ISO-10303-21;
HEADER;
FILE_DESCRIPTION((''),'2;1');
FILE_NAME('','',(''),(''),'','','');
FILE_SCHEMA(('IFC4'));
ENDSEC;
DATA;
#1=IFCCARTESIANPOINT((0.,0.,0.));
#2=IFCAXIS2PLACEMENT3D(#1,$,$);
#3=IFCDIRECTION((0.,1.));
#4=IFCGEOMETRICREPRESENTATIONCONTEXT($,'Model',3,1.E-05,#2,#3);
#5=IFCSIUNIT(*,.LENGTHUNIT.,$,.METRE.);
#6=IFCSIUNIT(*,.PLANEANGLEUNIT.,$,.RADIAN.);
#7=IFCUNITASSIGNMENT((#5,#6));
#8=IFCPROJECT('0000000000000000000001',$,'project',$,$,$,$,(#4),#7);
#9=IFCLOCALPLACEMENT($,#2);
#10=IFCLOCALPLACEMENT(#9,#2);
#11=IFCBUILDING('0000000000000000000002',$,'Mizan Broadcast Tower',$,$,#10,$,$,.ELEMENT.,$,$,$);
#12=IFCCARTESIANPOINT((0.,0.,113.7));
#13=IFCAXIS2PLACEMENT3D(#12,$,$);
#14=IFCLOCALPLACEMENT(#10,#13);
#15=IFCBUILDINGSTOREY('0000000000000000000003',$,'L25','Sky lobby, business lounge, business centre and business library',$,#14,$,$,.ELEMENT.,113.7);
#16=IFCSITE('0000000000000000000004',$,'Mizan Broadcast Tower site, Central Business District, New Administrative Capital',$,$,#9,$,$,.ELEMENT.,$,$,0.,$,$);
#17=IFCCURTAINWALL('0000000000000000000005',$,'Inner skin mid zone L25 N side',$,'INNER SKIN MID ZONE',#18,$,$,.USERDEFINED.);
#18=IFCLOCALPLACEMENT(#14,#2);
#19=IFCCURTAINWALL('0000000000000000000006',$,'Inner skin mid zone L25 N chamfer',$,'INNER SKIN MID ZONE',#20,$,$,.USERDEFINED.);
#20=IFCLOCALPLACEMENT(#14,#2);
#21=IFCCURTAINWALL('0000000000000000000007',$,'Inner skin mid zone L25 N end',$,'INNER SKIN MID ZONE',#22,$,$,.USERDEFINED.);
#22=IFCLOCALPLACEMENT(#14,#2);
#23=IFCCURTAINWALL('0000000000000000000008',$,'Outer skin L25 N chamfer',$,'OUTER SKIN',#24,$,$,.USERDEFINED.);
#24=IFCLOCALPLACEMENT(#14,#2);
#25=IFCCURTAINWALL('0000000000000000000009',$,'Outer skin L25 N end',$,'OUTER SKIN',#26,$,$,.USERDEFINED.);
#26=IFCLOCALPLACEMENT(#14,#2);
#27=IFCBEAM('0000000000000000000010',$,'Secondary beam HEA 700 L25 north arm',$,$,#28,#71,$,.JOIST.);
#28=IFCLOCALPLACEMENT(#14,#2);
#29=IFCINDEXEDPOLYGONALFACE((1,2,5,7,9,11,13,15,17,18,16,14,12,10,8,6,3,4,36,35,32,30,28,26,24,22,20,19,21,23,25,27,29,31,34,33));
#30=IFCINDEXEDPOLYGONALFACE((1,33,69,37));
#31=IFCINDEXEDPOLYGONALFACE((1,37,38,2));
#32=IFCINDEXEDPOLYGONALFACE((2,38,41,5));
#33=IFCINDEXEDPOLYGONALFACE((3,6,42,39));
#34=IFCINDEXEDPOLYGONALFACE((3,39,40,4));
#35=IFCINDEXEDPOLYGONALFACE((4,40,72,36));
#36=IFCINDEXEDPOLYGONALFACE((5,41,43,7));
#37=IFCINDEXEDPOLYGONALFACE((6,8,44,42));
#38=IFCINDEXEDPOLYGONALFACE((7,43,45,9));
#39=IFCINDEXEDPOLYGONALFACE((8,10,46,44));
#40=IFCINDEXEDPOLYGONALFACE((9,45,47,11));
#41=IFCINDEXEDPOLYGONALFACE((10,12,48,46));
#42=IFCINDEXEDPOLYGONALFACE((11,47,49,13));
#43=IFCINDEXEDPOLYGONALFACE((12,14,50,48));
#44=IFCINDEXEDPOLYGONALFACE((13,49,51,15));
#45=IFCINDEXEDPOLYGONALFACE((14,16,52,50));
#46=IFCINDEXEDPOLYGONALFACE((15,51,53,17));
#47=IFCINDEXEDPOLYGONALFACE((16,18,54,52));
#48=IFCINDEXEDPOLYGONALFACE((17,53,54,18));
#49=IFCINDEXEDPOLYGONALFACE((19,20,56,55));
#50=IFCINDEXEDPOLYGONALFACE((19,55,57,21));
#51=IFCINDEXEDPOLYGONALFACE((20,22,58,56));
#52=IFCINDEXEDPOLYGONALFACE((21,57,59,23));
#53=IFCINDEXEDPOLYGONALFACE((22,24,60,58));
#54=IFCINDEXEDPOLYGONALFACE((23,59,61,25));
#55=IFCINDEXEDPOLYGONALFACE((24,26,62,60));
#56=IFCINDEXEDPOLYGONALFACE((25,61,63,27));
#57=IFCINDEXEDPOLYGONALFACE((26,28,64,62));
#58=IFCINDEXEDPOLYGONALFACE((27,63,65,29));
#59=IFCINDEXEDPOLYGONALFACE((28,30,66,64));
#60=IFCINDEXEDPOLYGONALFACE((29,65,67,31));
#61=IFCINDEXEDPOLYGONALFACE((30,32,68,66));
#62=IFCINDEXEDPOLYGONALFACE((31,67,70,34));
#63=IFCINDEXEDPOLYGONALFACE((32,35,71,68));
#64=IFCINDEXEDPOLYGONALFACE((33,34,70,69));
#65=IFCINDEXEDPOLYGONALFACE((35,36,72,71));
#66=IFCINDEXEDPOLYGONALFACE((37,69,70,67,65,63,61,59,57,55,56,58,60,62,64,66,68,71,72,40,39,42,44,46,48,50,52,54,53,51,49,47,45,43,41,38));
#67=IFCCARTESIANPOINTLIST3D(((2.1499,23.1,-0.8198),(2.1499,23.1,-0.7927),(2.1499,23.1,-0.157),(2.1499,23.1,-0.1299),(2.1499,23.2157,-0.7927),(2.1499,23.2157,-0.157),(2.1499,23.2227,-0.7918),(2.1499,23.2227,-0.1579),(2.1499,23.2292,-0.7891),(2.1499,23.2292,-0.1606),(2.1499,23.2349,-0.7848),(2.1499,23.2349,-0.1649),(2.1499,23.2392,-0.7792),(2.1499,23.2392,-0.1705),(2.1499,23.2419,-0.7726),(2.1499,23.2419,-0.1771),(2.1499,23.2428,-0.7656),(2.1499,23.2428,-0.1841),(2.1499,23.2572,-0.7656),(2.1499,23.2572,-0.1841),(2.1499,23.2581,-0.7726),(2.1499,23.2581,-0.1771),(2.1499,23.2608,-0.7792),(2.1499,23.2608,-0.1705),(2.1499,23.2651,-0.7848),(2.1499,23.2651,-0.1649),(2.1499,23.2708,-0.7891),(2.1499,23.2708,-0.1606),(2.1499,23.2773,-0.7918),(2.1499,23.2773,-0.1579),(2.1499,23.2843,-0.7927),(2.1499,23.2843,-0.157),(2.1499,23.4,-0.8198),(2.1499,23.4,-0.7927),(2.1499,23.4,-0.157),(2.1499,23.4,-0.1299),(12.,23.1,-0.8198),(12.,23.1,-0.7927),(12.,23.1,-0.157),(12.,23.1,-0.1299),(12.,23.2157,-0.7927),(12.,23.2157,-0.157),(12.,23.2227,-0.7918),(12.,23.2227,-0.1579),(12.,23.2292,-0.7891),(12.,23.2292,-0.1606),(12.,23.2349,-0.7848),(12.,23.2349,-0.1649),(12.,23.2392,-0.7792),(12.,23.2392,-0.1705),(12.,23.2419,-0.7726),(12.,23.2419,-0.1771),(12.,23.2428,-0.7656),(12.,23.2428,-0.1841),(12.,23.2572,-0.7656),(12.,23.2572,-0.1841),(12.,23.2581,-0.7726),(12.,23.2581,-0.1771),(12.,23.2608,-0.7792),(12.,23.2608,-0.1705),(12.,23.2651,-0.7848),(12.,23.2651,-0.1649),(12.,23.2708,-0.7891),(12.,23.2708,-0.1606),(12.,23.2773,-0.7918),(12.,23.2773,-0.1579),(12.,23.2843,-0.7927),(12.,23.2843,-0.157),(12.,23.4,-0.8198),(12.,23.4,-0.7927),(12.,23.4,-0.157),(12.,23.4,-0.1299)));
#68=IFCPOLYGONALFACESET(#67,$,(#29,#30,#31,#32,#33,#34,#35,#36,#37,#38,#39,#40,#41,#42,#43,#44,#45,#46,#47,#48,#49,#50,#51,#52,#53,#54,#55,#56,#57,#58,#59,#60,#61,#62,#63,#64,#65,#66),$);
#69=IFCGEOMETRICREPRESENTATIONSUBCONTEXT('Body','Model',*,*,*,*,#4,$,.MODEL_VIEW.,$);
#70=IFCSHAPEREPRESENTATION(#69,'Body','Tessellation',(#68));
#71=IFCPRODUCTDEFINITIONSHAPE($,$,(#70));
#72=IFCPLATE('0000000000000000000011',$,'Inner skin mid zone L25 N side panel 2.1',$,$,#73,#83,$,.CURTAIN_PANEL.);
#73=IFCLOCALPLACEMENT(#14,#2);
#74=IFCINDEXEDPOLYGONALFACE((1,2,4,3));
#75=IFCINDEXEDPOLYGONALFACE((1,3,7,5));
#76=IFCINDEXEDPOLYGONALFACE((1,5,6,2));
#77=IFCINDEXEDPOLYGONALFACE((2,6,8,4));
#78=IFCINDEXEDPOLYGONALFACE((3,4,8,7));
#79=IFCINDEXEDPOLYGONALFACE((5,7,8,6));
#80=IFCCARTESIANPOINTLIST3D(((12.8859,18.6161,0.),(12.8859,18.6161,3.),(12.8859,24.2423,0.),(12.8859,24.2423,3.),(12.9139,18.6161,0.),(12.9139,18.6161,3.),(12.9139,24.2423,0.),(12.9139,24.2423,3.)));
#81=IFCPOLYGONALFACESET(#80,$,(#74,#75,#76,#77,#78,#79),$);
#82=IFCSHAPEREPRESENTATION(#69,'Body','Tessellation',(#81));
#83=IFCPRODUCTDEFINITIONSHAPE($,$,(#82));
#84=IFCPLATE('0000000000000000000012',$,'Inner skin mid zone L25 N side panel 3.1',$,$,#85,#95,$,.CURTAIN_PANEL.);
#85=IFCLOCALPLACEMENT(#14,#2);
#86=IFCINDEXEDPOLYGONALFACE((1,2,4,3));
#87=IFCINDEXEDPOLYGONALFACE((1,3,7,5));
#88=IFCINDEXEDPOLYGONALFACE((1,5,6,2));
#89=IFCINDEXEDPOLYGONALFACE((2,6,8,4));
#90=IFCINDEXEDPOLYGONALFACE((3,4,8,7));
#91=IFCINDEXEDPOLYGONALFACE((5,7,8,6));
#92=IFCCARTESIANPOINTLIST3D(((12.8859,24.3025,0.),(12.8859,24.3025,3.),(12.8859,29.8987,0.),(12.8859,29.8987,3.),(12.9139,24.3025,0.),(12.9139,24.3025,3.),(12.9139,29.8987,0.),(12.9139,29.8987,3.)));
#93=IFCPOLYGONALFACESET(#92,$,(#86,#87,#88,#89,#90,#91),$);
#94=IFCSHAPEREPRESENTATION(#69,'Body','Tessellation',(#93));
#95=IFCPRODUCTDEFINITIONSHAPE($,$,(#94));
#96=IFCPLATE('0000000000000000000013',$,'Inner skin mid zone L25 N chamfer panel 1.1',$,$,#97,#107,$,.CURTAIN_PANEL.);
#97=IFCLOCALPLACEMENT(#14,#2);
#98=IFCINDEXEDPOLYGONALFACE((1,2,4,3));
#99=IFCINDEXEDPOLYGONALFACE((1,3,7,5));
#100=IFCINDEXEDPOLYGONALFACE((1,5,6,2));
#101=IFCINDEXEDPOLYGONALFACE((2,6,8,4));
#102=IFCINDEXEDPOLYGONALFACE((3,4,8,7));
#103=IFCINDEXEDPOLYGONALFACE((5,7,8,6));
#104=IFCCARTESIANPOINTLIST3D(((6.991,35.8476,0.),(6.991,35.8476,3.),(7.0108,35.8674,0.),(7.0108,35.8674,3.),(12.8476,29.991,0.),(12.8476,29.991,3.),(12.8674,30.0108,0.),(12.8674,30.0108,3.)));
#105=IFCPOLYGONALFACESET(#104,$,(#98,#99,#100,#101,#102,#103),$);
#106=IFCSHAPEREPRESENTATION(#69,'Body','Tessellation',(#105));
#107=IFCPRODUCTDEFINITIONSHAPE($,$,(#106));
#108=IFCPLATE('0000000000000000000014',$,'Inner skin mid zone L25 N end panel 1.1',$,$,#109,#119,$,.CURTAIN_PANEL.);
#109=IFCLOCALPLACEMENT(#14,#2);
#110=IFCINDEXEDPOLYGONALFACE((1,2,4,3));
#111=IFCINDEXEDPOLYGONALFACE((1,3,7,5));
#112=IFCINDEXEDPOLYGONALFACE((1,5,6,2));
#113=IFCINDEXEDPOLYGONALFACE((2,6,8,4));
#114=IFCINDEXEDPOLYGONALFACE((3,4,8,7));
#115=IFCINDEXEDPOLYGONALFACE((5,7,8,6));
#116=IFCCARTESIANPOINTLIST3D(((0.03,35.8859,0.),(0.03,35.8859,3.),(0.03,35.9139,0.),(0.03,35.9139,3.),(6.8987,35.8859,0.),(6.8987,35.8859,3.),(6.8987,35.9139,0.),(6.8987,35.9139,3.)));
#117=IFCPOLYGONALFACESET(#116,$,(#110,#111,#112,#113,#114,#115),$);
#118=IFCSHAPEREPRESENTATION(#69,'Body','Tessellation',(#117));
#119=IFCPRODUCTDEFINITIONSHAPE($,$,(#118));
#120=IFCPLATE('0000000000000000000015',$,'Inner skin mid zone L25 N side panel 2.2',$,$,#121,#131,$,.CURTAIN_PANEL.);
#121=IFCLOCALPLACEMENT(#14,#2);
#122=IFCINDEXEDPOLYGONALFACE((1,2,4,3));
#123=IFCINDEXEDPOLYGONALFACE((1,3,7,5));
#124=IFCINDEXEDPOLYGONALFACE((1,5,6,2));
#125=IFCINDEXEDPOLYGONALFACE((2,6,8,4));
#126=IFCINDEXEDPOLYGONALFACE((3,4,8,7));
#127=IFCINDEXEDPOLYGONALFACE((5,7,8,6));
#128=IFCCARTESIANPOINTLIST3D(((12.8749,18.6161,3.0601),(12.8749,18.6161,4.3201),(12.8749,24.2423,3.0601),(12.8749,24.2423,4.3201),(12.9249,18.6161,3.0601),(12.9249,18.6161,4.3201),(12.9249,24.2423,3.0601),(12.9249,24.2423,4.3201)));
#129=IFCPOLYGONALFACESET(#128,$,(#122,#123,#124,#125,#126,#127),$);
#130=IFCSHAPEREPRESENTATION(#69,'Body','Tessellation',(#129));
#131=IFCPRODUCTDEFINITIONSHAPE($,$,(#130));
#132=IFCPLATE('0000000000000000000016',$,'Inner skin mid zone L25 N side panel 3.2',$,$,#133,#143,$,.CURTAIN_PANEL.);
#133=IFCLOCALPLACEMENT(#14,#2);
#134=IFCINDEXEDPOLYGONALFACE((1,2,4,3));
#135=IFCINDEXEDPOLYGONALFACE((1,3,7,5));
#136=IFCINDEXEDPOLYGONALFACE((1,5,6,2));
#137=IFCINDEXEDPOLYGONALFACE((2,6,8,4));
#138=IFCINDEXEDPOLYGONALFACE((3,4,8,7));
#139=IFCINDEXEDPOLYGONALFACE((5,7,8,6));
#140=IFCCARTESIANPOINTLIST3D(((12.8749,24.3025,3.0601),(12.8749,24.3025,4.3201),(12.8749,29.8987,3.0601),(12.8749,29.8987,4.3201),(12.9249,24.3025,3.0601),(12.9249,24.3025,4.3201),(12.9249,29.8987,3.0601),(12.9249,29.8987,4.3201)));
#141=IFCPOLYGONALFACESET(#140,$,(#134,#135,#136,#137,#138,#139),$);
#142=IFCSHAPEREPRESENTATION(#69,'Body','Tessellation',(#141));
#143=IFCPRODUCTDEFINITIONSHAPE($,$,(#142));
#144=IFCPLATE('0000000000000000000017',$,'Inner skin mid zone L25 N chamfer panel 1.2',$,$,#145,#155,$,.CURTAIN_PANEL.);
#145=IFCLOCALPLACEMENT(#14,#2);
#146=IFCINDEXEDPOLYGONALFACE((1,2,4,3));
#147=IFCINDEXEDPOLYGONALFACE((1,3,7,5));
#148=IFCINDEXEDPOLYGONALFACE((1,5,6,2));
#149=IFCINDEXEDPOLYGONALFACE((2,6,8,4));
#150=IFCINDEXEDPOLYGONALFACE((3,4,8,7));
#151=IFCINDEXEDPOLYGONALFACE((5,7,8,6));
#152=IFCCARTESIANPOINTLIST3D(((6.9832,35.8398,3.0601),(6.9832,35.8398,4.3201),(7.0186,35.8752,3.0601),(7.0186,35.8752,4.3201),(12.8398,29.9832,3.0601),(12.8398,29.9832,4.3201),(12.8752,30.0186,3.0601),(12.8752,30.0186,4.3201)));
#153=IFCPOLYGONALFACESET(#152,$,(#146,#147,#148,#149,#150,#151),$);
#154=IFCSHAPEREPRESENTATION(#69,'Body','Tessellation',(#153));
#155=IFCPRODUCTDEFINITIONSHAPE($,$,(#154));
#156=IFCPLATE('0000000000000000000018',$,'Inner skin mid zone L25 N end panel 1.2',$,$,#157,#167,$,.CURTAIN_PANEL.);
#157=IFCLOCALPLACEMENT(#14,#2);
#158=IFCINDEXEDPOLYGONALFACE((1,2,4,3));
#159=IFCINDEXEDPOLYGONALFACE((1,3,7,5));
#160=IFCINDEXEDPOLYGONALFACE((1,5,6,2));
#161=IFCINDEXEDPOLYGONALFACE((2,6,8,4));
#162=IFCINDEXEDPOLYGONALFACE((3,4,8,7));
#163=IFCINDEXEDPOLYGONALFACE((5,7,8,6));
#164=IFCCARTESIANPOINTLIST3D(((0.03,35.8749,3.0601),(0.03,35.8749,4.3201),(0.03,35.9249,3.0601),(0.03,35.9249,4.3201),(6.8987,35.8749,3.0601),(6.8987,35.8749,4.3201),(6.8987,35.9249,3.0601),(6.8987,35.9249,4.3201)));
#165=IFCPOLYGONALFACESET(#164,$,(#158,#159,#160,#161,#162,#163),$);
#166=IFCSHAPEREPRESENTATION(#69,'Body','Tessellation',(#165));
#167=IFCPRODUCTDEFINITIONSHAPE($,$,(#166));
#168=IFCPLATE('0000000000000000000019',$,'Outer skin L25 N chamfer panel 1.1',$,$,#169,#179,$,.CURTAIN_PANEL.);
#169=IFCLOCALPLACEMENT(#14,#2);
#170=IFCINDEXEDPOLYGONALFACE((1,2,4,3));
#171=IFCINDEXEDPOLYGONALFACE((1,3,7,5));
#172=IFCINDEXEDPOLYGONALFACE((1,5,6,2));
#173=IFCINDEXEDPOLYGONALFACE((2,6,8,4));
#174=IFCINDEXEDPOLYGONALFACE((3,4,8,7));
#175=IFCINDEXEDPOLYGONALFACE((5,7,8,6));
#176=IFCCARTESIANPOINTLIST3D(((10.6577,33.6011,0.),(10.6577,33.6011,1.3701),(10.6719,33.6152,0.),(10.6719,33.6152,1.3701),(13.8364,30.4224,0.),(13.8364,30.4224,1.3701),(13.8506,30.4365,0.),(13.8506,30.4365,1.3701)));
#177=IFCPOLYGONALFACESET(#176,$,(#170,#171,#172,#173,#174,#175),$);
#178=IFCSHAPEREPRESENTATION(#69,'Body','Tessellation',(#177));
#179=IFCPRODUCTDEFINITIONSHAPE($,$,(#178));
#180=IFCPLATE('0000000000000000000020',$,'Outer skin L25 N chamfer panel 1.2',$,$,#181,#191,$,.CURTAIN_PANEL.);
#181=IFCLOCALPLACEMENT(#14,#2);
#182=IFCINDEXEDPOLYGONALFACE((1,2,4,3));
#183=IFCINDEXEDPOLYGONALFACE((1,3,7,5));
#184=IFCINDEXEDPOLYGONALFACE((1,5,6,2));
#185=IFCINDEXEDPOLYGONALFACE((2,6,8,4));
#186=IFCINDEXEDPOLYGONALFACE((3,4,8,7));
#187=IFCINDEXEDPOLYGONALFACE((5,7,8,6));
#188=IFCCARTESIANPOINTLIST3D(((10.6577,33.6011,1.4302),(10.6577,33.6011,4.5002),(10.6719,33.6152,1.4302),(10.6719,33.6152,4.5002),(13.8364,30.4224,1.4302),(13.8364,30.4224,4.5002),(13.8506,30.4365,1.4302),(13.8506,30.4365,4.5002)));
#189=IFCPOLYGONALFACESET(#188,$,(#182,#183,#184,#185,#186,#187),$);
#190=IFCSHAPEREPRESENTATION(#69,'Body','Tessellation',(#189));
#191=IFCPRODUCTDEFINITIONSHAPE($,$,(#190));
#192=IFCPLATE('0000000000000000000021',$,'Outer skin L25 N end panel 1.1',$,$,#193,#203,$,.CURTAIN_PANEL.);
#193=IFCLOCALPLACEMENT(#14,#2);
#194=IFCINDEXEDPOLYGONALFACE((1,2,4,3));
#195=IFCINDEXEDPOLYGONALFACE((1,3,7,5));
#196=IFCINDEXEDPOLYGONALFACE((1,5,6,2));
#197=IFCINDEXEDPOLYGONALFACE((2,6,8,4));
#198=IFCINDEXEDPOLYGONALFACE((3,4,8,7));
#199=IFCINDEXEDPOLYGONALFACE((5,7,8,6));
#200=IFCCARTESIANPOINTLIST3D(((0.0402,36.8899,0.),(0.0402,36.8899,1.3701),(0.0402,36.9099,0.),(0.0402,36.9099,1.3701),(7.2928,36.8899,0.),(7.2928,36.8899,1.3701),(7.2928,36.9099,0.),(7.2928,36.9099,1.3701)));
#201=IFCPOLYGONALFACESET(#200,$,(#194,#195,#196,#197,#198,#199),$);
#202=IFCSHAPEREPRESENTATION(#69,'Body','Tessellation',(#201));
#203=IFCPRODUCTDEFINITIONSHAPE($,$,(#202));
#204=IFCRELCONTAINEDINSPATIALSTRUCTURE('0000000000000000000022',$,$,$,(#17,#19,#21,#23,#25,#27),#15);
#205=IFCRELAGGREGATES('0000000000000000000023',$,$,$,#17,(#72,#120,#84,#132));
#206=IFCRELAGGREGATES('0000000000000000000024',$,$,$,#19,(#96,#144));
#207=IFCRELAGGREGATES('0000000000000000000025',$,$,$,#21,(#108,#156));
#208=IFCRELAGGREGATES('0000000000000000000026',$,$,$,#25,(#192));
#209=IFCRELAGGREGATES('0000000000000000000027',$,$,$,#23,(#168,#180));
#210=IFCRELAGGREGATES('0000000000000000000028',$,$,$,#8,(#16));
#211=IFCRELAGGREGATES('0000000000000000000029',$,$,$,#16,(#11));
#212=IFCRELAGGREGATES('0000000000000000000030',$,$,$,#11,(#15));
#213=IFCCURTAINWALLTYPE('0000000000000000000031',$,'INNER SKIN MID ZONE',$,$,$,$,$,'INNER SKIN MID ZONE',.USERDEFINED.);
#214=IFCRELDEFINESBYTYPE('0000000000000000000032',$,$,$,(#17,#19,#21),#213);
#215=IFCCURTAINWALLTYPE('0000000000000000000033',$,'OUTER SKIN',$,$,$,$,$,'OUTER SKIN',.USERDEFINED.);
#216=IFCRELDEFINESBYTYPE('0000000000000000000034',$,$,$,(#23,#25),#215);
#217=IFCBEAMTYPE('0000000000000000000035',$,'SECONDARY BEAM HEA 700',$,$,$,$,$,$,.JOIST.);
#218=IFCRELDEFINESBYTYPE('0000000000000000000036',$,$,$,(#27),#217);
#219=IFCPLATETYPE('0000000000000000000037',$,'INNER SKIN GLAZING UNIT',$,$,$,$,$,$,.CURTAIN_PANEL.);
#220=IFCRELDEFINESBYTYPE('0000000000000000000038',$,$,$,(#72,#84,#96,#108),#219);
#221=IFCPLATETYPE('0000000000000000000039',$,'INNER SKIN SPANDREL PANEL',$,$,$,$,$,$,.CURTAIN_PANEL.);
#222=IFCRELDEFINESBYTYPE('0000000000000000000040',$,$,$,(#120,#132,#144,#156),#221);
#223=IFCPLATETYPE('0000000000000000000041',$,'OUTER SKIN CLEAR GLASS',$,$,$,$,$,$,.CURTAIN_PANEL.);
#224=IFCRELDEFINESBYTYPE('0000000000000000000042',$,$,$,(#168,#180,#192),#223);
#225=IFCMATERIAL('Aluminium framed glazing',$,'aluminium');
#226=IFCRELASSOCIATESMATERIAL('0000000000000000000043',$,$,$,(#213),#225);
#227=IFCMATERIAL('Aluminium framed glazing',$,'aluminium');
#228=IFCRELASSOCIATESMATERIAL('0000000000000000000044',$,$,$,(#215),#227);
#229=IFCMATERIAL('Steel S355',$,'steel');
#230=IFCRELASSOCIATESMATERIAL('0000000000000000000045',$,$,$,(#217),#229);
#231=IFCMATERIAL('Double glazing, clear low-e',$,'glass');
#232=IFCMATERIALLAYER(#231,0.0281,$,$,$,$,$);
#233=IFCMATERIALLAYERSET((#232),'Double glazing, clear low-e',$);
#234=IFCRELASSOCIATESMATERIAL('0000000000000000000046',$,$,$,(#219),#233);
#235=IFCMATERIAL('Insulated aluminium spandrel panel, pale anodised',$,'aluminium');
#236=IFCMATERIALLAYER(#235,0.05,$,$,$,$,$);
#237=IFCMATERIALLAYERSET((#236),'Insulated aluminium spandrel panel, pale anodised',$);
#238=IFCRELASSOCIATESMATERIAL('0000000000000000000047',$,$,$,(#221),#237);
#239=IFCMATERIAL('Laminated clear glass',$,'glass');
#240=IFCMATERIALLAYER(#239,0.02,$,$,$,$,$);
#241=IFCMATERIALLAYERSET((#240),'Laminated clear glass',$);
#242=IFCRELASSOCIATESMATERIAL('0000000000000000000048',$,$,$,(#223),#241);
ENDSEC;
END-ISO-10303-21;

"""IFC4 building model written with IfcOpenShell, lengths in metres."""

from ifc_helpers import new_model, si_unit, direction, frame, origin, origin_2d, place, context, subcontext, project, spatial, rectangle, i_section, extrude, material, layer, layer_set, material_profile, profile_set, type_object, element, aggregate, save


model = new_model("IFC4")

# Units and contexts
model_context = context("Model", 3, precision=1e-05, world=origin(), true_north=direction((0.0, 1.0)))
body_context = subcontext(model_context, "Body", "Model", "MODEL_VIEW")
ifc_project = project(units=[si_unit("LENGTHUNIT", "METRE"), si_unit("PLANEANGLEUNIT", "RADIAN")], contexts=[model_context])

# Site, building, storey
site_placement = place(None, origin())
site = spatial("IfcSite", under=ifc_project, at=site_placement, Name="Mizan Broadcast Tower site, Central Business District, New Administrative Capital", CompositionType="ELEMENT", RefElevation=0.0)
building_placement = place(site_placement, origin())
building = spatial("IfcBuilding", under=site, at=building_placement, Name="Mizan Broadcast Tower", CompositionType="ELEMENT")
storey_placement = place(building_placement, frame((0.0, 0.0, 113.7)))
storey = spatial("IfcBuildingStorey", under=building, at=storey_placement, Name="L25", Description="Sky lobby, business lounge, business centre and business library", CompositionType="ELEMENT", Elevation=113.7)

# Curtain wall
ifc_material_1 = material(Name="Aluminium framed glazing", Category="aluminium")
curtain_wall_type_1 = type_object("IfcCurtainWallType", Name="INNER SKIN MID ZONE", ElementType="INNER SKIN MID ZONE", PredefinedType="USERDEFINED", material=ifc_material_1)
curtain_wall_1_placement = place(storey_placement, origin())
curtain_wall_1 = element("IfcCurtainWall", 1, at=curtain_wall_1_placement, inside=storey, type_object=curtain_wall_type_1, Name="Inner skin mid zone L25 N side", ObjectType="INNER SKIN MID ZONE", PredefinedType="USERDEFINED")

# Curtain walls
curtain_wall_2_placement = place(storey_placement, origin())
curtain_wall_2 = element("IfcCurtainWall", 2, at=curtain_wall_2_placement, inside=storey, type_object=curtain_wall_type_1, Name="Inner skin mid zone L25 N chamfer", ObjectType="INNER SKIN MID ZONE", PredefinedType="USERDEFINED")
curtain_wall_3_placement = place(storey_placement, origin())
curtain_wall_3 = element("IfcCurtainWall", 3, at=curtain_wall_3_placement, inside=storey, type_object=curtain_wall_type_1, Name="Inner skin mid zone L25 N end", ObjectType="INNER SKIN MID ZONE", PredefinedType="USERDEFINED")

# Curtain wall
ifc_material_2 = material(Name="Aluminium framed glazing", Category="aluminium")
curtain_wall_type_2 = type_object("IfcCurtainWallType", Name="OUTER SKIN", ElementType="OUTER SKIN", PredefinedType="USERDEFINED", material=ifc_material_2)
curtain_wall_4_placement = place(storey_placement, origin())
curtain_wall_4 = element("IfcCurtainWall", 4, at=curtain_wall_4_placement, inside=storey, type_object=curtain_wall_type_2, Name="Outer skin L25 N chamfer", ObjectType="OUTER SKIN", PredefinedType="USERDEFINED")

# Curtain wall
curtain_wall_5_placement = place(storey_placement, origin())
curtain_wall_5 = element("IfcCurtainWall", 5, at=curtain_wall_5_placement, inside=storey, type_object=curtain_wall_type_2, Name="Outer skin L25 N end", ObjectType="OUTER SKIN", PredefinedType="USERDEFINED")

# Beam
ifc_material_3 = material(Name="Steel S355", Category="steel")
ifc_material_profile_1 = material_profile(ifc_material_3, i_section(OverallWidth=0.3, OverallDepth=0.6899, WebThickness=0.0144, FlangeThickness=0.0271, FilletRadius=0.0271, at=origin_2d()), Name="HEA 700")
ifc_profile_set_1 = profile_set([ifc_material_profile_1], Name="Steel S355")
beam_type_1 = type_object("IfcBeamType", Name="SECONDARY BEAM HEA 700", PredefinedType="JOIST", material=ifc_profile_set_1)
beam_1_placement = place(storey_placement, frame((12.0, 23.25, -0.4749), z_axis=(-1.0, 0.0, 0.0), x_axis=(0.0, -1.0, 0.0)))
element("IfcBeam", 6, at=beam_1_placement, inside=storey, type_object=beam_type_1, Name="Secondary beam HEA 700 L25 north arm", PredefinedType="JOIST", context=body_context, shape_type="SweptSolid", body=[
    extrude(i_section(OverallWidth=0.3, OverallDepth=0.6899, WebThickness=0.0144, FlangeThickness=0.0271, FilletRadius=0.0271, at=origin_2d()), origin(), (0.0, 0.0, 1.0), 9.8501),
])

# Plates
ifc_material_4 = material(Name="Double glazing, clear low-e", Category="glass")
ifc_layer_1 = layer(ifc_material_4, 0.0281)
ifc_layer_set_1 = layer_set([ifc_layer_1], Name="Double glazing, clear low-e")
plate_type_1 = type_object("IfcPlateType", Name="INNER SKIN GLAZING UNIT", PredefinedType="CURTAIN_PANEL", material=ifc_layer_set_1)
plate_1_placement = place(storey_placement, frame((12.8999, 21.4292, 0.0), z_axis=(0.0, 0.0, 1.0), x_axis=(0.0, 1.0, 0.0)))
plate_1 = element("IfcPlate", 7, at=plate_1_placement, type_object=plate_type_1, Name="Inner skin mid zone L25 N side panel 2.1", PredefinedType="CURTAIN_PANEL", context=body_context, shape_type="SweptSolid", body=[
    extrude(rectangle(XDim=5.6262, YDim=0.0281, at=origin_2d()), origin(), (0.0, 0.0, 1.0), 3.0),
])
plate_2_placement = place(storey_placement, frame((12.8999, 27.1006, 0.0), z_axis=(0.0, 0.0, 1.0), x_axis=(0.0, 1.0, 0.0)))
plate_2 = element("IfcPlate", 8, at=plate_2_placement, type_object=plate_type_1, Name="Inner skin mid zone L25 N side panel 3.1", PredefinedType="CURTAIN_PANEL", context=body_context, shape_type="SweptSolid", body=[
    extrude(rectangle(XDim=5.5962, YDim=0.0281, at=origin_2d()), origin(), (0.0, 0.0, 1.0), 3.0),
])
plate_3_placement = place(storey_placement, frame((9.9292, 32.9292, 0.0), z_axis=(0.0, 0.0, 1.0), x_axis=(-0.707107, 0.707107, 0.0)))
plate_3 = element("IfcPlate", 9, at=plate_3_placement, type_object=plate_type_1, Name="Inner skin mid zone L25 N chamfer panel 1.1", PredefinedType="CURTAIN_PANEL", context=body_context, shape_type="SweptSolid", body=[
    extrude(rectangle(XDim=8.2825, YDim=0.0281, at=origin_2d()), origin(), (0.0, 0.0, 1.0), 3.0),
])
plate_4_placement = place(storey_placement, frame((3.4644, 35.8999, 0.0), z_axis=(0.0, 0.0, 1.0), x_axis=(-1.0, 0.0, 0.0)))
plate_4 = element("IfcPlate", 10, at=plate_4_placement, type_object=plate_type_1, Name="Inner skin mid zone L25 N end panel 1.1", PredefinedType="CURTAIN_PANEL", context=body_context, shape_type="SweptSolid", body=[
    extrude(rectangle(XDim=6.8687, YDim=0.0281, at=origin_2d()), origin(), (0.0, 0.0, 1.0), 3.0),
])
ifc_material_5 = material(Name="Insulated aluminium spandrel panel, pale anodised", Category="aluminium")
ifc_layer_2 = layer(ifc_material_5, 0.05)
ifc_layer_set_2 = layer_set([ifc_layer_2], Name="Insulated aluminium spandrel panel, pale anodised")
plate_type_2 = type_object("IfcPlateType", Name="INNER SKIN SPANDREL PANEL", PredefinedType="CURTAIN_PANEL", material=ifc_layer_set_2)
plate_5_placement = place(storey_placement, frame((12.8999, 21.4292, 3.0601), z_axis=(0.0, 0.0, 1.0), x_axis=(0.0, 1.0, 0.0)))
plate_5 = element("IfcPlate", 11, at=plate_5_placement, type_object=plate_type_2, Name="Inner skin mid zone L25 N side panel 2.2", PredefinedType="CURTAIN_PANEL", context=body_context, shape_type="SweptSolid", body=[
    extrude(rectangle(XDim=5.6262, YDim=0.05, at=origin_2d()), origin(), (0.0, 0.0, 1.0), 1.26),
])
plate_6_placement = place(storey_placement, frame((12.8999, 27.1006, 3.0601), z_axis=(0.0, 0.0, 1.0), x_axis=(0.0, 1.0, 0.0)))
plate_6 = element("IfcPlate", 12, at=plate_6_placement, type_object=plate_type_2, Name="Inner skin mid zone L25 N side panel 3.2", PredefinedType="CURTAIN_PANEL", context=body_context, shape_type="SweptSolid", body=[
    extrude(rectangle(XDim=5.5962, YDim=0.05, at=origin_2d()), origin(), (0.0, 0.0, 1.0), 1.26),
])
aggregate(curtain_wall_1, [plate_1, plate_5, plate_2, plate_6])
plate_7_placement = place(storey_placement, frame((9.9292, 32.9292, 3.0601), z_axis=(0.0, 0.0, 1.0), x_axis=(-0.707107, 0.707107, 0.0)))
plate_7 = element("IfcPlate", 13, at=plate_7_placement, type_object=plate_type_2, Name="Inner skin mid zone L25 N chamfer panel 1.2", PredefinedType="CURTAIN_PANEL", context=body_context, shape_type="SweptSolid", body=[
    extrude(rectangle(XDim=8.2825, YDim=0.05, at=origin_2d()), origin(), (0.0, 0.0, 1.0), 1.26),
])
aggregate(curtain_wall_2, [plate_3, plate_7])
plate_8_placement = place(storey_placement, frame((3.4644, 35.8999, 3.0601), z_axis=(0.0, 0.0, 1.0), x_axis=(-1.0, 0.0, 0.0)))
plate_8 = element("IfcPlate", 14, at=plate_8_placement, type_object=plate_type_2, Name="Inner skin mid zone L25 N end panel 1.2", PredefinedType="CURTAIN_PANEL", context=body_context, shape_type="SweptSolid", body=[
    extrude(rectangle(XDim=6.8687, YDim=0.05, at=origin_2d()), origin(), (0.0, 0.0, 1.0), 1.26),
])
aggregate(curtain_wall_3, [plate_4, plate_8])
ifc_material_6 = material(Name="Laminated clear glass", Category="glass")
ifc_layer_3 = layer(ifc_material_6, 0.02)
ifc_layer_set_3 = layer_set([ifc_layer_3], Name="Laminated clear glass")
plate_type_3 = type_object("IfcPlateType", Name="OUTER SKIN CLEAR GLASS", PredefinedType="CURTAIN_PANEL", material=ifc_layer_set_3)
plate_9_placement = place(storey_placement, frame((12.2542, 32.0188, 0.0), z_axis=(0.0, 0.0, 1.0), x_axis=(-0.707107, 0.707107, 0.0)))
plate_9 = element("IfcPlate", 15, at=plate_9_placement, type_object=plate_type_3, Name="Outer skin L25 N chamfer panel 1.1", PredefinedType="CURTAIN_PANEL", context=body_context, shape_type="SweptSolid", body=[
    extrude(rectangle(XDim=4.4954, YDim=0.02, at=origin_2d()), origin(), (0.0, 0.0, 1.0), 1.3701),
])
plate_10_placement = place(storey_placement, frame((12.2542, 32.0188, 1.4302), z_axis=(0.0, 0.0, 1.0), x_axis=(-0.707107, 0.707107, 0.0)))
plate_10 = element("IfcPlate", 16, at=plate_10_placement, type_object=plate_type_3, Name="Outer skin L25 N chamfer panel 1.2", PredefinedType="CURTAIN_PANEL", context=body_context, shape_type="SweptSolid", body=[
    extrude(rectangle(XDim=4.4954, YDim=0.02, at=origin_2d()), origin(), (0.0, 0.0, 1.0), 3.0701),
])
plate_11_placement = place(storey_placement, frame((3.6665, 36.8999, 0.0), z_axis=(0.0, 0.0, 1.0), x_axis=(-1.0, 0.0, 0.0)))
plate_11 = element("IfcPlate", 17, at=plate_11_placement, type_object=plate_type_3, Name="Outer skin L25 N end panel 1.1", PredefinedType="CURTAIN_PANEL", context=body_context, shape_type="SweptSolid", body=[
    extrude(rectangle(XDim=7.2527, YDim=0.02, at=origin_2d()), origin(), (0.0, 0.0, 1.0), 1.3701),
])
aggregate(curtain_wall_5, [plate_11])
aggregate(curtain_wall_4, [plate_9, plate_10])

save(model, "model.ifc")
